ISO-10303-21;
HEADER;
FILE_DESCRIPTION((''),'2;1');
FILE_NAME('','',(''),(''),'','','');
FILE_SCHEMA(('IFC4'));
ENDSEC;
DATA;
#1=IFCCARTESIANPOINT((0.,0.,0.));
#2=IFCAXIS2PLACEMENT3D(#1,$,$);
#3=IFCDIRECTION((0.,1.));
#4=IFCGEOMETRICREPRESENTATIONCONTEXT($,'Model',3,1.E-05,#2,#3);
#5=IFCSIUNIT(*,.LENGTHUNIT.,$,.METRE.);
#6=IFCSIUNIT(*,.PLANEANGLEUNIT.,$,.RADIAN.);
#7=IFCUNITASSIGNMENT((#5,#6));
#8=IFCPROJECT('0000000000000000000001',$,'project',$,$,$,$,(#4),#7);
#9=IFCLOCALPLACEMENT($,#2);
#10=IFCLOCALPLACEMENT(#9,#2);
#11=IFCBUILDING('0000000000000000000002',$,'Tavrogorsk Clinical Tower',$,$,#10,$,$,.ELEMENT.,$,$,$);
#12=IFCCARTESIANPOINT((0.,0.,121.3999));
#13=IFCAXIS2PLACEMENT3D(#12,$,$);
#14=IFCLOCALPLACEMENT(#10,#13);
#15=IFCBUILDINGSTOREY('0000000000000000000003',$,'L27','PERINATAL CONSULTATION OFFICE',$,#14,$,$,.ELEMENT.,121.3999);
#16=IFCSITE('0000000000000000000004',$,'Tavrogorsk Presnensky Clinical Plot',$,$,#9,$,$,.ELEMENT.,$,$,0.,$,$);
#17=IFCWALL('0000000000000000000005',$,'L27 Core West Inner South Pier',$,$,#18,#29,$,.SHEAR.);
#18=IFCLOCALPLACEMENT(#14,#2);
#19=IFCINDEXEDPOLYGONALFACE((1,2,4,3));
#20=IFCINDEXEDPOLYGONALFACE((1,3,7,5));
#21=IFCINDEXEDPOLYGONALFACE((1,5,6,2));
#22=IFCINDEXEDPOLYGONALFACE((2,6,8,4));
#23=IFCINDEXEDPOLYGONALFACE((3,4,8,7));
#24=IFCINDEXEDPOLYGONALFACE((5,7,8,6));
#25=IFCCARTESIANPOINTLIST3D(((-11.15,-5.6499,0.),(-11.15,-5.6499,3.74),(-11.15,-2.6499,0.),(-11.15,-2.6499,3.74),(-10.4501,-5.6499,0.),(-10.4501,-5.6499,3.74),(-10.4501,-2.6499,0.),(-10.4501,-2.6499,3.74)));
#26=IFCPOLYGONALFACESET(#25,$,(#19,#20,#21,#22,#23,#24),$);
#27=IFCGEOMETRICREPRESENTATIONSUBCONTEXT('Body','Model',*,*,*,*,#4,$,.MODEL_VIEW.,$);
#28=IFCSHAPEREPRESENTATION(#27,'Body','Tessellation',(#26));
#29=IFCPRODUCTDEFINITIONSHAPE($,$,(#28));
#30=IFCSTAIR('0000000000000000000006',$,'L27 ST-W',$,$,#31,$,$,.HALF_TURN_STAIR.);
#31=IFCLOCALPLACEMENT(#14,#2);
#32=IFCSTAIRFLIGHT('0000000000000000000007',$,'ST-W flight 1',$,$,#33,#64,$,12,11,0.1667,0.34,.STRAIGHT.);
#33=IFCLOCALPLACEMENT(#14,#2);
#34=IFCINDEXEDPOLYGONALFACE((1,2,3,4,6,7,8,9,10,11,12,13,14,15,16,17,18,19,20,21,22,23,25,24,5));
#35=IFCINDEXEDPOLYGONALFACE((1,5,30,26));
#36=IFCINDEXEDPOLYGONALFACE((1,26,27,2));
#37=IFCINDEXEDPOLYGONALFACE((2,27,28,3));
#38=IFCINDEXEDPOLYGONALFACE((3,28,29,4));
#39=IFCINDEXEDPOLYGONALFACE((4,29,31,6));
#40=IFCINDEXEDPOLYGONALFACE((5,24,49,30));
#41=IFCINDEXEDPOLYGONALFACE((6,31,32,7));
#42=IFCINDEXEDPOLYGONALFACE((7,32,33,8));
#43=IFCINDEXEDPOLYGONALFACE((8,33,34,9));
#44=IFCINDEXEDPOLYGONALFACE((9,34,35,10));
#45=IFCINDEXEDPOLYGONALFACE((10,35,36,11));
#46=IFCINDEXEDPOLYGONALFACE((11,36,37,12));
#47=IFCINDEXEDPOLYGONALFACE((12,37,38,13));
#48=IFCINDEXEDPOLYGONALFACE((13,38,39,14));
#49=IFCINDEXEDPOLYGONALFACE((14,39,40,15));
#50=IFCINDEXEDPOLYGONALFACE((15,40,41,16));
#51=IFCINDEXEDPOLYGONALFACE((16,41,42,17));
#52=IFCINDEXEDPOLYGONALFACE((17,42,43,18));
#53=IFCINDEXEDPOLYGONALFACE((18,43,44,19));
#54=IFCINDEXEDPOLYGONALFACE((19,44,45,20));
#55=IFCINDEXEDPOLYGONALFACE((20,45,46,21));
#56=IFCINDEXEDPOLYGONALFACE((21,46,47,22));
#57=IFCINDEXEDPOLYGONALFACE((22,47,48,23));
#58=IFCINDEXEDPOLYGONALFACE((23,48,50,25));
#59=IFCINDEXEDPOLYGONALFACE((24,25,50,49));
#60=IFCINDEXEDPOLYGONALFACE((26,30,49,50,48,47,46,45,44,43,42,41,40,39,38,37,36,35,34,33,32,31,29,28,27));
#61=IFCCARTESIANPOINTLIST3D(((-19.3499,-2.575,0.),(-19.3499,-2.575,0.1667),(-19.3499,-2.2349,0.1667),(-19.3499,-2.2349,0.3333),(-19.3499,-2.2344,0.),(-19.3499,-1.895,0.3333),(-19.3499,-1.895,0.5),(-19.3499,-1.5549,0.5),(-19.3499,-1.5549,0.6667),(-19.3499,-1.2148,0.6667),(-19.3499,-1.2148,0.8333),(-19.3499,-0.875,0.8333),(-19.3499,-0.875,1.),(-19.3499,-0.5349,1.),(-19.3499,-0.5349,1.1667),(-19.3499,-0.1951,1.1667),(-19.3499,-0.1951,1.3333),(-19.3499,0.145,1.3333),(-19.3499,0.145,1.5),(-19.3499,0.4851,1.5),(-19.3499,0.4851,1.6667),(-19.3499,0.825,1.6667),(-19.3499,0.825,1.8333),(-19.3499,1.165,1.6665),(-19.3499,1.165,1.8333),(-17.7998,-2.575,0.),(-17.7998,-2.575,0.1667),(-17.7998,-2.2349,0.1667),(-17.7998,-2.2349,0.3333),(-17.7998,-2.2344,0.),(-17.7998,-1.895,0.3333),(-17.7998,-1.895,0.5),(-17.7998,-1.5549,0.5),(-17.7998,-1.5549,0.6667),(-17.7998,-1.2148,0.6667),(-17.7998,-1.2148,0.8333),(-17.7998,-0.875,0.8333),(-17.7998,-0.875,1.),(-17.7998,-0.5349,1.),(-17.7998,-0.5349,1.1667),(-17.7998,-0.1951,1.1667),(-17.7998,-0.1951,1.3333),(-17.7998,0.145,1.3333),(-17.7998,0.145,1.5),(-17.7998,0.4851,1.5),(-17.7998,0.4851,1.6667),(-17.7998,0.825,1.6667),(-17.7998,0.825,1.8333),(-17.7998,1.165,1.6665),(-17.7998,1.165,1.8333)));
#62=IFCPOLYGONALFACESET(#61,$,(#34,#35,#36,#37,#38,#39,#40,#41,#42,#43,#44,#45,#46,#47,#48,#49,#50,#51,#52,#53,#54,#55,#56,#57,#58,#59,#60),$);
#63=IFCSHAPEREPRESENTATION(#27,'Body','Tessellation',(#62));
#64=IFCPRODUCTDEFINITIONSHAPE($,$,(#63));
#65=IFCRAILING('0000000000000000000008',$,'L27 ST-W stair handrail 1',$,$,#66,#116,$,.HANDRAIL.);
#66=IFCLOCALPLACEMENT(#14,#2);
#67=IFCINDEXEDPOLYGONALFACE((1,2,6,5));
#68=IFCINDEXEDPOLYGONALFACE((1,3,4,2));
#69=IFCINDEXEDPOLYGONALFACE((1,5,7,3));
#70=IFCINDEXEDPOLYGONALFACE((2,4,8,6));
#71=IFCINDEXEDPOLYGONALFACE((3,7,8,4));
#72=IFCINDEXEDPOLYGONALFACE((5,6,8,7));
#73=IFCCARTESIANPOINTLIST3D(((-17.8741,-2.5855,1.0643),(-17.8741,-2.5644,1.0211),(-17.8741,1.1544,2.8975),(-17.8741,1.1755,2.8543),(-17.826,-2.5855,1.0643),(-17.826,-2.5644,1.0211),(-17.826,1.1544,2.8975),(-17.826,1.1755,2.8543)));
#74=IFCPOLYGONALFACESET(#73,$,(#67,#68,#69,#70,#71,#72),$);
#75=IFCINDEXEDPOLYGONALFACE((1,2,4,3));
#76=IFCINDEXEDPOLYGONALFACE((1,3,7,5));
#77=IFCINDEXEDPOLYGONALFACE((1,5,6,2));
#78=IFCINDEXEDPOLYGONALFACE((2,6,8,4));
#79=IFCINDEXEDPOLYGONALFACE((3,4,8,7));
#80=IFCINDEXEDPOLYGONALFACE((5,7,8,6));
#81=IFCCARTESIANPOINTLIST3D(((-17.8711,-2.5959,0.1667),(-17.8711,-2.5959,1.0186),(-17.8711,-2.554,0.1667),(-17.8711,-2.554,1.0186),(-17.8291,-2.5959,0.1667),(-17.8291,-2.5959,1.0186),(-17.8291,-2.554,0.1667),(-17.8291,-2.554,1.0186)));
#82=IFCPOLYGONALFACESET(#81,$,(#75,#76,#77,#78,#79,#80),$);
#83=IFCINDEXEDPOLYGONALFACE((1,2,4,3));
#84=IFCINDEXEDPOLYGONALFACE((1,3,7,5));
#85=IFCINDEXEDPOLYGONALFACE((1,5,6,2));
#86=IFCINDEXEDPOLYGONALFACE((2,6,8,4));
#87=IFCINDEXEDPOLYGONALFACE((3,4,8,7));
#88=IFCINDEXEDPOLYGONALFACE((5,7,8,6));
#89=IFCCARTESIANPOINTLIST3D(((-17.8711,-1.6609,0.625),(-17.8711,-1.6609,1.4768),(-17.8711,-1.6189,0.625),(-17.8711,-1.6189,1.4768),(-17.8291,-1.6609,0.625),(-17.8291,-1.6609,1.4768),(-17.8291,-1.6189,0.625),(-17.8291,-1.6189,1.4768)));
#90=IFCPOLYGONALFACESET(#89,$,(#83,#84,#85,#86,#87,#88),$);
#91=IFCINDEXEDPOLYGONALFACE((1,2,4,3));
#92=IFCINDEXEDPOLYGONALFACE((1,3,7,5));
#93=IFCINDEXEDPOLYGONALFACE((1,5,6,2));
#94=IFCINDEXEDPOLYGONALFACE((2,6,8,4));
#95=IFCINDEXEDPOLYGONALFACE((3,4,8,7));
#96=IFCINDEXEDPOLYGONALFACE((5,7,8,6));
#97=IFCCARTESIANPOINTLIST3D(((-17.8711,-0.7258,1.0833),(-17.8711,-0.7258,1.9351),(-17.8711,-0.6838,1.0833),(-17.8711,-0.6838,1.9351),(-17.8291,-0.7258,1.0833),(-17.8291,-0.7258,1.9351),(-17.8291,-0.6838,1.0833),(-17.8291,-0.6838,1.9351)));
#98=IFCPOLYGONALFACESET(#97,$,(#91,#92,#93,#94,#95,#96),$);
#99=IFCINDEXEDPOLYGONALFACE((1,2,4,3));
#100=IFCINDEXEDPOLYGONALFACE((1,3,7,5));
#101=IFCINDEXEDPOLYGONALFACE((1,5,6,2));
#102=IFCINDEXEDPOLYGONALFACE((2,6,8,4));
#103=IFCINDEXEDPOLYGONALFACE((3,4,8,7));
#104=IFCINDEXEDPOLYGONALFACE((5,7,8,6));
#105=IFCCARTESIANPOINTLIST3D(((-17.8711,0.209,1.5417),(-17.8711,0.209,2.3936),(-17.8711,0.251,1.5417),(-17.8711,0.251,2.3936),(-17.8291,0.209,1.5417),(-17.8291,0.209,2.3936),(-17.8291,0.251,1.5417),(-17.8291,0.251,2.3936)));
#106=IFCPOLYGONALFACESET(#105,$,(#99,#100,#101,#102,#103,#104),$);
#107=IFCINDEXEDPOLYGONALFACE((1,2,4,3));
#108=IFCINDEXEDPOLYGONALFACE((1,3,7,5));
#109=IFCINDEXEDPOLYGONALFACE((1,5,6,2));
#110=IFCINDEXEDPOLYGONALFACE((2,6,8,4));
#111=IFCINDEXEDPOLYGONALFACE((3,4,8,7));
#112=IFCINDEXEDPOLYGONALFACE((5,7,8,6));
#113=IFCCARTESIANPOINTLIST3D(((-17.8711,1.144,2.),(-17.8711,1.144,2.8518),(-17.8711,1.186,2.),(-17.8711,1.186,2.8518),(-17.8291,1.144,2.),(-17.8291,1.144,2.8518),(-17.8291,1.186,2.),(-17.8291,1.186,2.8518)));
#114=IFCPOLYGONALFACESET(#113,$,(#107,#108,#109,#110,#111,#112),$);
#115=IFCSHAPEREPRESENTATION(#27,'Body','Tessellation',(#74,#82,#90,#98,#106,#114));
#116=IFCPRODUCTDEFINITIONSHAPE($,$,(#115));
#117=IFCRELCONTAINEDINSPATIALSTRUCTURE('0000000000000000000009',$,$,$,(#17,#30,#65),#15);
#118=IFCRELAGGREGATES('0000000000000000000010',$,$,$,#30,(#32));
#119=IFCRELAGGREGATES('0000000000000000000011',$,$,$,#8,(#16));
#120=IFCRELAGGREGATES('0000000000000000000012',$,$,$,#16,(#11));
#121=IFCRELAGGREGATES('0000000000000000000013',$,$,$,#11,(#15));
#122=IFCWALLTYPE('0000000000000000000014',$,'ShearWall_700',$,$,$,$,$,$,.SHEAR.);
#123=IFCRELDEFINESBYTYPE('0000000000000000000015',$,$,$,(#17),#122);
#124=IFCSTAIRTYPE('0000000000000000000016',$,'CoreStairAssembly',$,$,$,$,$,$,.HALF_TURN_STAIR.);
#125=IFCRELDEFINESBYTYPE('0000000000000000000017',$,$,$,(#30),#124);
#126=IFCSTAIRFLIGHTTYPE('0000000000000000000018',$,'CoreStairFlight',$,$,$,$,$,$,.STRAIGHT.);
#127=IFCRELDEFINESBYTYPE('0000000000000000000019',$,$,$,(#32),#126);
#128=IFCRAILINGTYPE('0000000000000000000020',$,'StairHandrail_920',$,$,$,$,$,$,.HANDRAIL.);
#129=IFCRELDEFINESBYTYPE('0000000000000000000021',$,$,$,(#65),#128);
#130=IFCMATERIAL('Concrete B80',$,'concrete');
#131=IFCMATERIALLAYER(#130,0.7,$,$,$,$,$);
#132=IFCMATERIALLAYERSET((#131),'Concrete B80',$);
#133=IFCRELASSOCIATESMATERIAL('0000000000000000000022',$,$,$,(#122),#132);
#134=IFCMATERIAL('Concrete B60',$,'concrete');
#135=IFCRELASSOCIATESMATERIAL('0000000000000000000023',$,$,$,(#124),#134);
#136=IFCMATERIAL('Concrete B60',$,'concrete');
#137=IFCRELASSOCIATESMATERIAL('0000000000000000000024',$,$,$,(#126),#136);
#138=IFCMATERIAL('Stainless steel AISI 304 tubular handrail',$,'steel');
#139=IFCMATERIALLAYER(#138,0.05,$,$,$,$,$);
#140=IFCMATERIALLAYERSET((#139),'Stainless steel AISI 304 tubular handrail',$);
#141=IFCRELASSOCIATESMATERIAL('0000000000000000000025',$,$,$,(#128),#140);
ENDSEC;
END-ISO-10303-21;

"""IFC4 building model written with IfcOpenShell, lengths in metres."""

from ifc_helpers import new_model, si_unit, direction, frame, frame_2d, origin, origin_2d, place, context, subcontext, project, spatial, polyline, rectangle, outline, extrude, material, layer, layer_set, type_object, element, aggregate, save


model = new_model("IFC4")

# Units and contexts
model_context = context("Model", 3, precision=1e-05, world=origin(), true_north=direction((0.0, 1.0)))
body_context = subcontext(model_context, "Body", "Model", "MODEL_VIEW")
ifc_project = project(units=[si_unit("LENGTHUNIT", "METRE"), si_unit("PLANEANGLEUNIT", "RADIAN")], contexts=[model_context])

# Site, building, storey
site_placement = place(None, origin())
site = spatial("IfcSite", under=ifc_project, at=site_placement, Name="Tavrogorsk Presnensky Clinical Plot", CompositionType="ELEMENT", RefElevation=0.0)
building_placement = place(site_placement, origin())
building = spatial("IfcBuilding", under=site, at=building_placement, Name="Tavrogorsk Clinical Tower", CompositionType="ELEMENT")
storey_placement = place(building_placement, frame((0.0, 0.0, 121.3999)))
storey = spatial("IfcBuildingStorey", under=building, at=storey_placement, Name="L27", Description="PERINATAL CONSULTATION OFFICE", CompositionType="ELEMENT", Elevation=121.3999)

# Wall
ifc_material_1 = material(Name="Concrete B80", Category="concrete")
ifc_layer_1 = layer(ifc_material_1, 0.7)
ifc_layer_set_1 = layer_set([ifc_layer_1], Name="Concrete B80")
wall_type_1 = type_object("IfcWallType", Name="ShearWall_700", PredefinedType="SHEAR", material=ifc_layer_set_1)
wall_1_placement = place(storey_placement, frame((-10.8, -5.6499, 0.0), z_axis=(0.0, 0.0, 1.0), x_axis=(0.0, 1.0, 0.0)))
element("IfcWall", 1, at=wall_1_placement, inside=storey, type_object=wall_type_1, Name="L27 Core West Inner South Pier", PredefinedType="SHEAR", context=body_context, shape_type="SweptSolid", body=[
    extrude(rectangle(XDim=3.0, YDim=0.7, at=frame_2d((1.5, 0.0))), origin(), (0.0, 0.0, 1.0), 3.74),
])

# Stair, stair flight
ifc_material_2 = material(Name="Concrete B60", Category="concrete")
stair_type = type_object("IfcStairType", Name="CoreStairAssembly", PredefinedType="HALF_TURN_STAIR", material=ifc_material_2)
stair_placement = place(storey_placement, origin())
stair = element("IfcStair", 2, at=stair_placement, inside=storey, type_object=stair_type, Name="L27 ST-W", PredefinedType="HALF_TURN_STAIR")
ifc_material_3 = material(Name="Concrete B60", Category="concrete")
stair_flight_type = type_object("IfcStairFlightType", Name="CoreStairFlight", PredefinedType="STRAIGHT", material=ifc_material_3)
stair_flight_placement = place(storey_placement, frame((-18.575, -2.575, 0.0), z_axis=(0.0, 0.0, 1.0), x_axis=(0.0, 1.0, 0.0)))
stair_flight = element("IfcStairFlight", 3, at=stair_flight_placement, type_object=stair_flight_type, Name="ST-W flight 1", NumberOfRisers=12, NumberOfTreads=11, PredefinedType="STRAIGHT", RiserHeight=0.1667, TreadLength=0.34, context=body_context, shape_type="SweptSolid", body=[
    extrude(outline(polyline([(0.0, 0.0), (0.0, 0.1667), (0.3401, 0.1667), (0.3401, 0.3333), (0.6799, 0.3333), (0.6799, 0.5), (1.02, 0.5), (1.02, 0.6667), (1.3601, 0.6667), (1.3601, 0.8333), (1.7, 0.8333), (1.7, 1.0), (2.04, 1.0), (2.04, 1.1667), (2.3799, 1.1667), (2.3799, 1.3333), (2.72, 1.3333), (2.72, 1.5), (3.0601, 1.5), (3.0601, 1.6667), (3.3999, 1.6667), (3.3999, 1.8333), (3.74, 1.8333), (3.74, 2.0), (3.74, 1.6665), (0.3406, 0.0), (0.0, 0.0)])), frame((0.0, 0.7749, 0.0), z_axis=(0.0, -1.0, 0.0), x_axis=(1.0, 0.0, 0.0)), (0.0, 0.0, 1.0), 1.55),
])
aggregate(stair, [stair_flight])

# Railing
ifc_material_4 = material(Name="Stainless steel AISI 304 tubular handrail", Category="steel")
ifc_layer_2 = layer(ifc_material_4, 0.05)
ifc_layer_set_2 = layer_set([ifc_layer_2], Name="Stainless steel AISI 304 tubular handrail")
railing_type = type_object("IfcRailingType", Name="StairHandrail_920", PredefinedType="HANDRAIL", material=ifc_layer_set_2)
railing_placement = place(storey_placement, frame((-17.8501, -2.575, 0.1667)))
element("IfcRailing", 4, at=railing_placement, inside=storey, type_object=railing_type, Name="L27 ST-W stair handrail 1", PredefinedType="HANDRAIL", context=body_context, shape_type="SweptSolid", body=[
    extrude(rectangle(XDim=0.0481, YDim=0.0481, at=origin_2d()), frame((0.0, 0.0, 0.876), z_axis=(0.0, 0.897928, 0.440142), x_axis=(-1.0, 0.0, 0.0)), (0.0, 0.0, 1.0), 4.165),
    extrude(rectangle(XDim=0.042, YDim=0.042, at=origin_2d()), origin(), (0.0, 0.0, 1.0), 0.8518),
    extrude(rectangle(XDim=0.042, YDim=0.042, at=origin_2d()), frame((0.0, 0.9351, 0.4583)), (0.0, 0.0, 1.0), 0.8518),
    extrude(rectangle(XDim=0.042, YDim=0.042, at=origin_2d()), frame((0.0, 1.8701, 0.9165)), (0.0, 0.0, 1.0), 0.8518),
    extrude(rectangle(XDim=0.042, YDim=0.042, at=origin_2d()), frame((0.0, 2.8049, 1.375)), (0.0, 0.0, 1.0), 0.8518),
    extrude(rectangle(XDim=0.042, YDim=0.042, at=origin_2d()), frame((0.0, 3.74, 1.8333)), (0.0, 0.0, 1.0), 0.8518),
])

save(model, "model.ifc")
